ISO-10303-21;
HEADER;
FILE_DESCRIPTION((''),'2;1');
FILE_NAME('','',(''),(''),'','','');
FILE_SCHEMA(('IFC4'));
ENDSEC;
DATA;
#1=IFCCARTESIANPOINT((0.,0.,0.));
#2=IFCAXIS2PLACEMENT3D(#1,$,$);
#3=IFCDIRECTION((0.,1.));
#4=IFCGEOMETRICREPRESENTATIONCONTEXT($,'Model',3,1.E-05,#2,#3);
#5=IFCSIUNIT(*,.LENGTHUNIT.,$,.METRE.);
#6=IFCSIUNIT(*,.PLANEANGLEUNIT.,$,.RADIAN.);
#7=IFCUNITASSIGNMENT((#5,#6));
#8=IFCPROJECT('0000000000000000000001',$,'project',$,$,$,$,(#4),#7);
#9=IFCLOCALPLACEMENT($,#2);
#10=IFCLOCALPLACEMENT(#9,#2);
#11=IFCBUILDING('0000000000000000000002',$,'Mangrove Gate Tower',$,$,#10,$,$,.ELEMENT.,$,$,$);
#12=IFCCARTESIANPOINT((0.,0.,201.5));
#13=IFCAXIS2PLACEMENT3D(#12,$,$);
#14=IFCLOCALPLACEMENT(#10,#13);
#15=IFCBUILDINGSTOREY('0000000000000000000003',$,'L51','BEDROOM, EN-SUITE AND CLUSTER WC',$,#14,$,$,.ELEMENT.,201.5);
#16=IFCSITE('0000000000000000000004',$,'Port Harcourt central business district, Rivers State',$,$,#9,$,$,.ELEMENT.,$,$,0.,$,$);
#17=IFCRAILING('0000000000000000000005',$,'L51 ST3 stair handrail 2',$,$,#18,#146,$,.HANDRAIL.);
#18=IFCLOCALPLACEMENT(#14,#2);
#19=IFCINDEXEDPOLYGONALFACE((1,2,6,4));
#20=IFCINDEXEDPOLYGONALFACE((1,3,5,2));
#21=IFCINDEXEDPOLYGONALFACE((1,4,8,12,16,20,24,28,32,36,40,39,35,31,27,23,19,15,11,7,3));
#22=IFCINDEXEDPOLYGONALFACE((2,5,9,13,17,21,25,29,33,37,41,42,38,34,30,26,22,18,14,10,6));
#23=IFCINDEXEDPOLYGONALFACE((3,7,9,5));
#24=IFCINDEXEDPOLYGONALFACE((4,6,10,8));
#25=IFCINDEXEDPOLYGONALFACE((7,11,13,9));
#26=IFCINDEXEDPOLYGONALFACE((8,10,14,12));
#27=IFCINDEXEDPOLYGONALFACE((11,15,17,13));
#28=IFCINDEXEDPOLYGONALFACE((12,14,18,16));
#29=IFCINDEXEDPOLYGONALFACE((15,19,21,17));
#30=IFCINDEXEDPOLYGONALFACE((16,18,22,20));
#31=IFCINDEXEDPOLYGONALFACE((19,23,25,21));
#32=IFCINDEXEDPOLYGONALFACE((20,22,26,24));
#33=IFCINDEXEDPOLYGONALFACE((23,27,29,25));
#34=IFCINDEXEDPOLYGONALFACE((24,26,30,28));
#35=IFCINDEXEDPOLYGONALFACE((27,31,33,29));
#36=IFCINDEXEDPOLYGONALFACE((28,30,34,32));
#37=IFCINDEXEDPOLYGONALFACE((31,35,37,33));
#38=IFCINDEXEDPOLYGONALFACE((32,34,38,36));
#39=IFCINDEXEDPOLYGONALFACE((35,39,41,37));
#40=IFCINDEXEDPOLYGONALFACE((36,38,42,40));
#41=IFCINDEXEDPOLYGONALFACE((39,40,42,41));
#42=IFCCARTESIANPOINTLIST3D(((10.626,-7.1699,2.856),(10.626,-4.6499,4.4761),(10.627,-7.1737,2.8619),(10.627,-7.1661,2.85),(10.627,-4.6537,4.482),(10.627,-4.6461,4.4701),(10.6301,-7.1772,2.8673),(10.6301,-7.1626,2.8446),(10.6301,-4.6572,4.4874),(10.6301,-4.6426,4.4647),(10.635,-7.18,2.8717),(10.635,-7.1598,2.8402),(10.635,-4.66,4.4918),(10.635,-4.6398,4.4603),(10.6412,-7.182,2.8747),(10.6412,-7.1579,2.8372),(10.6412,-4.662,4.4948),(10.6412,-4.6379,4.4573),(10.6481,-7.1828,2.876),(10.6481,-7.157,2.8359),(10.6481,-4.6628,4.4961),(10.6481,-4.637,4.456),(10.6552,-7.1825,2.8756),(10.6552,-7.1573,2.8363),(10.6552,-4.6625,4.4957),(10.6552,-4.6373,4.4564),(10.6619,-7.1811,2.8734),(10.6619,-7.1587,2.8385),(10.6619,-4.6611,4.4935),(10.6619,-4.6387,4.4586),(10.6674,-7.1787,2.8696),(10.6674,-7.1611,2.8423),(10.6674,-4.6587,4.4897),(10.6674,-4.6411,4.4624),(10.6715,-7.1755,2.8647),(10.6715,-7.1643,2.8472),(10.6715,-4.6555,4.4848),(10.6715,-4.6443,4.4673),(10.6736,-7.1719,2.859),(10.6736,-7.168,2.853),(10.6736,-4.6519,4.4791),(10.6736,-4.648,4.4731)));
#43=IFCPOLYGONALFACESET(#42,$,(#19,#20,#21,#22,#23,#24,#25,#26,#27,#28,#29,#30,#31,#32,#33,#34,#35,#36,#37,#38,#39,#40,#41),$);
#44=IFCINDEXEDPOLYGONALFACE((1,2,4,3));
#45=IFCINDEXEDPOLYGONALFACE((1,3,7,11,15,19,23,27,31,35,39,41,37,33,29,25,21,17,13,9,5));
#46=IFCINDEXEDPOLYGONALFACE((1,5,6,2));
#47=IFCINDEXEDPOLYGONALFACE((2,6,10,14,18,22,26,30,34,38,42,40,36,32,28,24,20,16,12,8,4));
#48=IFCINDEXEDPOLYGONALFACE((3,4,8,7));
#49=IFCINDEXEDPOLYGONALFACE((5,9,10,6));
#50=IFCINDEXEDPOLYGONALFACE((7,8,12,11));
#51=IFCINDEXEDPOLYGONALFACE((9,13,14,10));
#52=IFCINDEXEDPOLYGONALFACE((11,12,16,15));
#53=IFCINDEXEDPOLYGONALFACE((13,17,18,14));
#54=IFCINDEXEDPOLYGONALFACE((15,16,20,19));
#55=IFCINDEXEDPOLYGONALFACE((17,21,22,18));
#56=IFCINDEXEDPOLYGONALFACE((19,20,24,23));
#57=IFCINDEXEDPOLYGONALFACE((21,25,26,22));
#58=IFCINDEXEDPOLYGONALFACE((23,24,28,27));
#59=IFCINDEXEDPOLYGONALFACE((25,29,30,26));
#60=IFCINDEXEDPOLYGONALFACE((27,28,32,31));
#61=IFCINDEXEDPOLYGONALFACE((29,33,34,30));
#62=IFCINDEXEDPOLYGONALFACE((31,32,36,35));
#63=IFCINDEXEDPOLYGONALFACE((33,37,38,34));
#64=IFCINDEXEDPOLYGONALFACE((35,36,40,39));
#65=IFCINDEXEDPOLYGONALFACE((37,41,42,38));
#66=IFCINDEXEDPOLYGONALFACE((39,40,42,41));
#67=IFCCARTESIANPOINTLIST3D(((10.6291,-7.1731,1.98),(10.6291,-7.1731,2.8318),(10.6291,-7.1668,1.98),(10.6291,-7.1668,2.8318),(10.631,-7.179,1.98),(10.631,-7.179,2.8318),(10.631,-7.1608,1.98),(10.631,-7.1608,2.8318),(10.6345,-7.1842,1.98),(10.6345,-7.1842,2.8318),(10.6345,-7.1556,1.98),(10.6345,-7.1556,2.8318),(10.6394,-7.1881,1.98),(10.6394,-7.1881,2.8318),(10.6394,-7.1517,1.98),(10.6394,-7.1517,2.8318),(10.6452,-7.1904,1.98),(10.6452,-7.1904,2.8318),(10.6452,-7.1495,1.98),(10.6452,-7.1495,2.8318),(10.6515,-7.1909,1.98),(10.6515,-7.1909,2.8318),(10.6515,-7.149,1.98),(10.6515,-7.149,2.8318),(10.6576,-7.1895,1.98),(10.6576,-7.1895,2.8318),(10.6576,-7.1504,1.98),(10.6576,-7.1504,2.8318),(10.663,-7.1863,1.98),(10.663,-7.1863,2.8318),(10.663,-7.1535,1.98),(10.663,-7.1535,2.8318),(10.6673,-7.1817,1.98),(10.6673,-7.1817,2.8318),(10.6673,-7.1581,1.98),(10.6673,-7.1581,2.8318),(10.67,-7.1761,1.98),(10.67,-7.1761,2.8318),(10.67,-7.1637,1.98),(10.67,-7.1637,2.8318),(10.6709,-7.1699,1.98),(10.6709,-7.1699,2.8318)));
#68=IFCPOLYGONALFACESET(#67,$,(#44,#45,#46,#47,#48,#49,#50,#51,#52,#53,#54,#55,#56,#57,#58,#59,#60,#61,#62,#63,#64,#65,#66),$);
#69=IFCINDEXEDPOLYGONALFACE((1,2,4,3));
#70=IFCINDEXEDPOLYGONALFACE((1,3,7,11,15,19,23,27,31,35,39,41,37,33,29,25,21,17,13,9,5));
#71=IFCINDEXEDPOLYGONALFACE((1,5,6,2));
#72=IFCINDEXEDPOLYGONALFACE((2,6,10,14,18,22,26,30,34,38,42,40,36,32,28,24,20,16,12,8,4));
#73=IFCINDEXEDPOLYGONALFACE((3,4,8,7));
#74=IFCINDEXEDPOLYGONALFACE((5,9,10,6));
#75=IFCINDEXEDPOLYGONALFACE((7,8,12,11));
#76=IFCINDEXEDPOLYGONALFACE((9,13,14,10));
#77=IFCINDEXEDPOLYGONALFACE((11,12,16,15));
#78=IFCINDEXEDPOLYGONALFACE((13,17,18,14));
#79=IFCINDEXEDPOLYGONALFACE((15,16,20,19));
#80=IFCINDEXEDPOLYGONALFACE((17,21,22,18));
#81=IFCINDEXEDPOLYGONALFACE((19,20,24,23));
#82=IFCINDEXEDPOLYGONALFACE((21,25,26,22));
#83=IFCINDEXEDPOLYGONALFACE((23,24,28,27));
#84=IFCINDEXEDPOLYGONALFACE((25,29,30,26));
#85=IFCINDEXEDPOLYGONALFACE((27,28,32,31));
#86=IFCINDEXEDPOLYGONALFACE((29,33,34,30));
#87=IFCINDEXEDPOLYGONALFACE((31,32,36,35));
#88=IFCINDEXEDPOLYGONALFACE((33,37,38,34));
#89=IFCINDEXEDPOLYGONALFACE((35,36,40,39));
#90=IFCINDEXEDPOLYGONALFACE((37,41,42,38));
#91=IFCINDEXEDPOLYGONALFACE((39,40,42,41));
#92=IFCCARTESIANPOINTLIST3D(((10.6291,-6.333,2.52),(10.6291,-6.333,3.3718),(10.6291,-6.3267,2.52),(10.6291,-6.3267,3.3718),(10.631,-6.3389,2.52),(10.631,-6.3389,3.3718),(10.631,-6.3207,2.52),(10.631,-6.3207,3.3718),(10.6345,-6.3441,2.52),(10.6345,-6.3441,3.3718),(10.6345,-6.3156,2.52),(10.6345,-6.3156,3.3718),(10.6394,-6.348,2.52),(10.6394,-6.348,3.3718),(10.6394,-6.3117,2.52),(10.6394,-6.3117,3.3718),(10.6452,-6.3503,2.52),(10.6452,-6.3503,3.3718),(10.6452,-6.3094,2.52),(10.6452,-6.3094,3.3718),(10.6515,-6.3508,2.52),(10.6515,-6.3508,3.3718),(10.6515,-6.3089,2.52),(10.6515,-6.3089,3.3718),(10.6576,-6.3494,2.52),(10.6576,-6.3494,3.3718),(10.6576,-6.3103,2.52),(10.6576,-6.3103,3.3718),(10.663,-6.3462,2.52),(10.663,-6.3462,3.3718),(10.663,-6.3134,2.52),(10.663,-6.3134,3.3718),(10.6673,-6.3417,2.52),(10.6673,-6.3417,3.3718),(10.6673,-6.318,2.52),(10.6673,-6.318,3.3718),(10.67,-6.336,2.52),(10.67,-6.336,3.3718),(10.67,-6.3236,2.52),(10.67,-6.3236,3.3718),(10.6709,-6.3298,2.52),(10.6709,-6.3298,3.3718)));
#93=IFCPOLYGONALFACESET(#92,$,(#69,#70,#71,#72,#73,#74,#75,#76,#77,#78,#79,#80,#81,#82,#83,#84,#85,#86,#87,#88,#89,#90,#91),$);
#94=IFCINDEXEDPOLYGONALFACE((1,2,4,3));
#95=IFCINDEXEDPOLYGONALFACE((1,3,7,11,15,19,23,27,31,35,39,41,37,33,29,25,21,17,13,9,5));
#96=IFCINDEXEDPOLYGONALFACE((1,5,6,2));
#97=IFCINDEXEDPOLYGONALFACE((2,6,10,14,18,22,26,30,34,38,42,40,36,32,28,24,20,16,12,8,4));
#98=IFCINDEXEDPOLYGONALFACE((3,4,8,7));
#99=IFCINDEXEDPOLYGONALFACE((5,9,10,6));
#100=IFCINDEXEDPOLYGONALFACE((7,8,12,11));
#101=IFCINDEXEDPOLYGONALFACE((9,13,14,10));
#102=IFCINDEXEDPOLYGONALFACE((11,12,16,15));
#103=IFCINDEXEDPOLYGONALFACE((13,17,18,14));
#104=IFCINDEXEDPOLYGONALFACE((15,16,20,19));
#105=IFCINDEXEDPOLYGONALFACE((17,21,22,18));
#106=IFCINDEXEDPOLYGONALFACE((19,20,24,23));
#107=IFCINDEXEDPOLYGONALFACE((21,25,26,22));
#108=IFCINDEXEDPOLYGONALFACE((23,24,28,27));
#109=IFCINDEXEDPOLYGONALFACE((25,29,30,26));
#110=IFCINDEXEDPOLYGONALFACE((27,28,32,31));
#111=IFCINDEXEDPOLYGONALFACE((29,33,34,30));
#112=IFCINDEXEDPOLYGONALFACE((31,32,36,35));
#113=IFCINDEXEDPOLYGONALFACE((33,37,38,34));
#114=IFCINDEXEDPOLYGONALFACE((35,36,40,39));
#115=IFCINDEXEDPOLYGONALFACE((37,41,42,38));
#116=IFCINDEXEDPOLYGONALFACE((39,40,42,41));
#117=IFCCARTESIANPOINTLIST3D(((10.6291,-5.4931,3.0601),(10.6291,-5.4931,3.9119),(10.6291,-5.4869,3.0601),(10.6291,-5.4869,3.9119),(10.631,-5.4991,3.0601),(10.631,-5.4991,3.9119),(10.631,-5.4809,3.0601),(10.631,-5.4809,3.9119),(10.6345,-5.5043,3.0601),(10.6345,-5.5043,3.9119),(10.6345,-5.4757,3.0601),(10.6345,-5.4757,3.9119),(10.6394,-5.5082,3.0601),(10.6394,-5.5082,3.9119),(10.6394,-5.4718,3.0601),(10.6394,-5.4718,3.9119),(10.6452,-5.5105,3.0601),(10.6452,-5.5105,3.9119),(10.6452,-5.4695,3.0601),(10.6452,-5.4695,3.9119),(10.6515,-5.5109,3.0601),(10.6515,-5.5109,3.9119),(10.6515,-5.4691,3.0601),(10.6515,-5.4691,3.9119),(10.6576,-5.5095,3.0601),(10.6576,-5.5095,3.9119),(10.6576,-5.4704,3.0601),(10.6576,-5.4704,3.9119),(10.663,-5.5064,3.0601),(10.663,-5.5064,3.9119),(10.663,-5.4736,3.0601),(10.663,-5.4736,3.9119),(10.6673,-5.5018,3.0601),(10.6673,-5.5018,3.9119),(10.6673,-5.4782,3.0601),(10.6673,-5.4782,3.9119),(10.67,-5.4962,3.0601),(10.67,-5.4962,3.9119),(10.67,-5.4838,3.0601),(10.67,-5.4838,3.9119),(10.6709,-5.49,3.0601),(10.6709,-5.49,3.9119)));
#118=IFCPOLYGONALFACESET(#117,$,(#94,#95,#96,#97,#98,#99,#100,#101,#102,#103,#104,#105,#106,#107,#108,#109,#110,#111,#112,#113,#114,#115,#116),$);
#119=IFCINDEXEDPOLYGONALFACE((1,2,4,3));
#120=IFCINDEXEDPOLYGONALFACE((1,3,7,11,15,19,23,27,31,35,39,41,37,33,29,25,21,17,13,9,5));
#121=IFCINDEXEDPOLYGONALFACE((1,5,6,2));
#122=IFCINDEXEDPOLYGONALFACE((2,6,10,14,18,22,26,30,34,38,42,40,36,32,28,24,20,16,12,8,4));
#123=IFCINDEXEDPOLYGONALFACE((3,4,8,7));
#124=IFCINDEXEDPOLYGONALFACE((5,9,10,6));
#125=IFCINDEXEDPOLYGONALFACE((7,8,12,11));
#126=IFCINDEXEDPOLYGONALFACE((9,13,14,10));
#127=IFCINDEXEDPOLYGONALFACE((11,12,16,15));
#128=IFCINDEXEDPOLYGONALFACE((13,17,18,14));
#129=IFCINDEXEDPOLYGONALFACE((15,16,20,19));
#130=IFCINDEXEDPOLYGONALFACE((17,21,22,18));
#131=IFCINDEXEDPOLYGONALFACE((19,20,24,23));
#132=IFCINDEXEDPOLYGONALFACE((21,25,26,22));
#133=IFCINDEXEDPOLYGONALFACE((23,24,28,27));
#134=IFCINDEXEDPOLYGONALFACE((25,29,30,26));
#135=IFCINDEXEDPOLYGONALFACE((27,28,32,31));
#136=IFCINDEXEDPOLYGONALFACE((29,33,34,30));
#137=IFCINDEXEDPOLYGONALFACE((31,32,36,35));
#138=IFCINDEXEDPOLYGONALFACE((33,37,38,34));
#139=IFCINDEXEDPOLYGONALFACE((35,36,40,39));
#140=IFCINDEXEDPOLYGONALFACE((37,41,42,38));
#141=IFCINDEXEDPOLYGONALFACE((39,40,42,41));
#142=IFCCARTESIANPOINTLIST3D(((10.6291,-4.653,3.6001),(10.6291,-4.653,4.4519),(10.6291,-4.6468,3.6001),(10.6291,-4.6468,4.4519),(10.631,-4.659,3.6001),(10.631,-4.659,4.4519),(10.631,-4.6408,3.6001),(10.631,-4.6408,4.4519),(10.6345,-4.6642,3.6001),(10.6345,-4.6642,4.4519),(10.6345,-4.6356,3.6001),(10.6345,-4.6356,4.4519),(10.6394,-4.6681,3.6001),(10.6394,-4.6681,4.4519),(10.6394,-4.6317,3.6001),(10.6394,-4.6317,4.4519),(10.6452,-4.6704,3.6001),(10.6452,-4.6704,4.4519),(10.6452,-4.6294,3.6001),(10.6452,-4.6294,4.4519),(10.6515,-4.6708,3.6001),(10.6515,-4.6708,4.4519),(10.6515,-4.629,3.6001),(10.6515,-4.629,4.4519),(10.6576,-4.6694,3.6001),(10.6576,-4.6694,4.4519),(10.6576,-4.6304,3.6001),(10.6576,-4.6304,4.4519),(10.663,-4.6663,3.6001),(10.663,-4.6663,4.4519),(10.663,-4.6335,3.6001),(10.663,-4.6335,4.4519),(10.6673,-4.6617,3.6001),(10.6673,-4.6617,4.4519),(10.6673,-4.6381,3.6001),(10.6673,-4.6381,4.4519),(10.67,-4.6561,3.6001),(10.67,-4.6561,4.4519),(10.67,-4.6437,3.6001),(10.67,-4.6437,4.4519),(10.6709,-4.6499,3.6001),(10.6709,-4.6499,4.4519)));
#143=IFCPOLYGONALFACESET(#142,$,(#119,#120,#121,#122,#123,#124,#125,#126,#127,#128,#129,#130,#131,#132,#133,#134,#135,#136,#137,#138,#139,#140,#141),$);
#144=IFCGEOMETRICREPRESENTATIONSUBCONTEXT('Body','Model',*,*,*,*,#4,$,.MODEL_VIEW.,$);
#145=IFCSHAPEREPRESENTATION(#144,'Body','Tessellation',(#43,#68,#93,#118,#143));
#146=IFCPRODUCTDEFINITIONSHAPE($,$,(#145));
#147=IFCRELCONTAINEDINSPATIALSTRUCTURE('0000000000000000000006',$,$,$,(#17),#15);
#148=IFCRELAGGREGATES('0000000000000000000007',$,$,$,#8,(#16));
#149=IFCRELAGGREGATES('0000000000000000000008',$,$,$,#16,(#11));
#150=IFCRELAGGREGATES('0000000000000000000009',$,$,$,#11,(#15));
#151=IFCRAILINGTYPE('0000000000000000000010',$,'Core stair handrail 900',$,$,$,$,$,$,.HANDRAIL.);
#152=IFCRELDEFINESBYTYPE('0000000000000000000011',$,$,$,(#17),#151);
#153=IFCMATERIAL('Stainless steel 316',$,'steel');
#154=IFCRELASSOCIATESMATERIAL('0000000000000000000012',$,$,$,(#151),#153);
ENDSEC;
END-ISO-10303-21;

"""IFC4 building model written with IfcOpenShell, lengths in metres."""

from ifc_helpers import new_model, si_unit, direction, frame, origin, origin_2d, place, context, subcontext, project, spatial, circle, extrude, material, type_object, element, save


model = new_model("IFC4")

# Units and contexts
model_context = context("Model", 3, precision=1e-05, world=origin(), true_north=direction((0.0, 1.0)))
body_context = subcontext(model_context, "Body", "Model", "MODEL_VIEW")
ifc_project = project(units=[si_unit("LENGTHUNIT", "METRE"), si_unit("PLANEANGLEUNIT", "RADIAN")], contexts=[model_context])

# Site, building, storey
site_placement = place(None, origin())
site = spatial("IfcSite", under=ifc_project, at=site_placement, Name="Port Harcourt central business district, Rivers State", CompositionType="ELEMENT", RefElevation=0.0)
building_placement = place(site_placement, origin())
building = spatial("IfcBuilding", under=site, at=building_placement, Name="Mangrove Gate Tower", CompositionType="ELEMENT")
storey_placement = place(building_placement, frame((0.0, 0.0, 201.5)))
storey = spatial("IfcBuildingStorey", under=building, at=storey_placement, Name="L51", Description="BEDROOM, EN-SUITE AND CLUSTER WC", CompositionType="ELEMENT", Elevation=201.5)

# Railing
ifc_material_1 = material(Name="Stainless steel 316", Category="steel")
railing_type_1 = type_object("IfcRailingType", Name="Core stair handrail 900", PredefinedType="HANDRAIL", material=ifc_material_1)
railing_1_placement = place(storey_placement, frame((10.6499, -7.1699, 1.98)))
element("IfcRailing", 1, at=railing_1_placement, inside=storey, type_object=railing_type_1, Name="L51 ST3 stair handrail 2", PredefinedType="HANDRAIL", context=body_context, shape_type="SweptSolid", body=[
    extrude(circle(Radius=0.0239, at=origin_2d()), frame((0.0, 0.0, 0.876), z_axis=(0.0, 0.841163, 0.540782), x_axis=(-1.0, 0.0, 0.0)), (0.0, 0.0, 1.0), 2.9958),
    extrude(circle(Radius=0.021, at=origin_2d()), origin(), (0.0, 0.0, 1.0), 0.8518),
    extrude(circle(Radius=0.021, at=origin_2d()), frame((0.0, 0.8401, 0.54)), (0.0, 0.0, 1.0), 0.8518),
    extrude(circle(Radius=0.021, at=origin_2d()), frame((0.0, 1.6799, 1.0801)), (0.0, 0.0, 1.0), 0.8518),
    extrude(circle(Radius=0.021, at=origin_2d()), frame((0.0, 2.52, 1.6201)), (0.0, 0.0, 1.0), 0.8518),
])

save(model, "model.ifc")
